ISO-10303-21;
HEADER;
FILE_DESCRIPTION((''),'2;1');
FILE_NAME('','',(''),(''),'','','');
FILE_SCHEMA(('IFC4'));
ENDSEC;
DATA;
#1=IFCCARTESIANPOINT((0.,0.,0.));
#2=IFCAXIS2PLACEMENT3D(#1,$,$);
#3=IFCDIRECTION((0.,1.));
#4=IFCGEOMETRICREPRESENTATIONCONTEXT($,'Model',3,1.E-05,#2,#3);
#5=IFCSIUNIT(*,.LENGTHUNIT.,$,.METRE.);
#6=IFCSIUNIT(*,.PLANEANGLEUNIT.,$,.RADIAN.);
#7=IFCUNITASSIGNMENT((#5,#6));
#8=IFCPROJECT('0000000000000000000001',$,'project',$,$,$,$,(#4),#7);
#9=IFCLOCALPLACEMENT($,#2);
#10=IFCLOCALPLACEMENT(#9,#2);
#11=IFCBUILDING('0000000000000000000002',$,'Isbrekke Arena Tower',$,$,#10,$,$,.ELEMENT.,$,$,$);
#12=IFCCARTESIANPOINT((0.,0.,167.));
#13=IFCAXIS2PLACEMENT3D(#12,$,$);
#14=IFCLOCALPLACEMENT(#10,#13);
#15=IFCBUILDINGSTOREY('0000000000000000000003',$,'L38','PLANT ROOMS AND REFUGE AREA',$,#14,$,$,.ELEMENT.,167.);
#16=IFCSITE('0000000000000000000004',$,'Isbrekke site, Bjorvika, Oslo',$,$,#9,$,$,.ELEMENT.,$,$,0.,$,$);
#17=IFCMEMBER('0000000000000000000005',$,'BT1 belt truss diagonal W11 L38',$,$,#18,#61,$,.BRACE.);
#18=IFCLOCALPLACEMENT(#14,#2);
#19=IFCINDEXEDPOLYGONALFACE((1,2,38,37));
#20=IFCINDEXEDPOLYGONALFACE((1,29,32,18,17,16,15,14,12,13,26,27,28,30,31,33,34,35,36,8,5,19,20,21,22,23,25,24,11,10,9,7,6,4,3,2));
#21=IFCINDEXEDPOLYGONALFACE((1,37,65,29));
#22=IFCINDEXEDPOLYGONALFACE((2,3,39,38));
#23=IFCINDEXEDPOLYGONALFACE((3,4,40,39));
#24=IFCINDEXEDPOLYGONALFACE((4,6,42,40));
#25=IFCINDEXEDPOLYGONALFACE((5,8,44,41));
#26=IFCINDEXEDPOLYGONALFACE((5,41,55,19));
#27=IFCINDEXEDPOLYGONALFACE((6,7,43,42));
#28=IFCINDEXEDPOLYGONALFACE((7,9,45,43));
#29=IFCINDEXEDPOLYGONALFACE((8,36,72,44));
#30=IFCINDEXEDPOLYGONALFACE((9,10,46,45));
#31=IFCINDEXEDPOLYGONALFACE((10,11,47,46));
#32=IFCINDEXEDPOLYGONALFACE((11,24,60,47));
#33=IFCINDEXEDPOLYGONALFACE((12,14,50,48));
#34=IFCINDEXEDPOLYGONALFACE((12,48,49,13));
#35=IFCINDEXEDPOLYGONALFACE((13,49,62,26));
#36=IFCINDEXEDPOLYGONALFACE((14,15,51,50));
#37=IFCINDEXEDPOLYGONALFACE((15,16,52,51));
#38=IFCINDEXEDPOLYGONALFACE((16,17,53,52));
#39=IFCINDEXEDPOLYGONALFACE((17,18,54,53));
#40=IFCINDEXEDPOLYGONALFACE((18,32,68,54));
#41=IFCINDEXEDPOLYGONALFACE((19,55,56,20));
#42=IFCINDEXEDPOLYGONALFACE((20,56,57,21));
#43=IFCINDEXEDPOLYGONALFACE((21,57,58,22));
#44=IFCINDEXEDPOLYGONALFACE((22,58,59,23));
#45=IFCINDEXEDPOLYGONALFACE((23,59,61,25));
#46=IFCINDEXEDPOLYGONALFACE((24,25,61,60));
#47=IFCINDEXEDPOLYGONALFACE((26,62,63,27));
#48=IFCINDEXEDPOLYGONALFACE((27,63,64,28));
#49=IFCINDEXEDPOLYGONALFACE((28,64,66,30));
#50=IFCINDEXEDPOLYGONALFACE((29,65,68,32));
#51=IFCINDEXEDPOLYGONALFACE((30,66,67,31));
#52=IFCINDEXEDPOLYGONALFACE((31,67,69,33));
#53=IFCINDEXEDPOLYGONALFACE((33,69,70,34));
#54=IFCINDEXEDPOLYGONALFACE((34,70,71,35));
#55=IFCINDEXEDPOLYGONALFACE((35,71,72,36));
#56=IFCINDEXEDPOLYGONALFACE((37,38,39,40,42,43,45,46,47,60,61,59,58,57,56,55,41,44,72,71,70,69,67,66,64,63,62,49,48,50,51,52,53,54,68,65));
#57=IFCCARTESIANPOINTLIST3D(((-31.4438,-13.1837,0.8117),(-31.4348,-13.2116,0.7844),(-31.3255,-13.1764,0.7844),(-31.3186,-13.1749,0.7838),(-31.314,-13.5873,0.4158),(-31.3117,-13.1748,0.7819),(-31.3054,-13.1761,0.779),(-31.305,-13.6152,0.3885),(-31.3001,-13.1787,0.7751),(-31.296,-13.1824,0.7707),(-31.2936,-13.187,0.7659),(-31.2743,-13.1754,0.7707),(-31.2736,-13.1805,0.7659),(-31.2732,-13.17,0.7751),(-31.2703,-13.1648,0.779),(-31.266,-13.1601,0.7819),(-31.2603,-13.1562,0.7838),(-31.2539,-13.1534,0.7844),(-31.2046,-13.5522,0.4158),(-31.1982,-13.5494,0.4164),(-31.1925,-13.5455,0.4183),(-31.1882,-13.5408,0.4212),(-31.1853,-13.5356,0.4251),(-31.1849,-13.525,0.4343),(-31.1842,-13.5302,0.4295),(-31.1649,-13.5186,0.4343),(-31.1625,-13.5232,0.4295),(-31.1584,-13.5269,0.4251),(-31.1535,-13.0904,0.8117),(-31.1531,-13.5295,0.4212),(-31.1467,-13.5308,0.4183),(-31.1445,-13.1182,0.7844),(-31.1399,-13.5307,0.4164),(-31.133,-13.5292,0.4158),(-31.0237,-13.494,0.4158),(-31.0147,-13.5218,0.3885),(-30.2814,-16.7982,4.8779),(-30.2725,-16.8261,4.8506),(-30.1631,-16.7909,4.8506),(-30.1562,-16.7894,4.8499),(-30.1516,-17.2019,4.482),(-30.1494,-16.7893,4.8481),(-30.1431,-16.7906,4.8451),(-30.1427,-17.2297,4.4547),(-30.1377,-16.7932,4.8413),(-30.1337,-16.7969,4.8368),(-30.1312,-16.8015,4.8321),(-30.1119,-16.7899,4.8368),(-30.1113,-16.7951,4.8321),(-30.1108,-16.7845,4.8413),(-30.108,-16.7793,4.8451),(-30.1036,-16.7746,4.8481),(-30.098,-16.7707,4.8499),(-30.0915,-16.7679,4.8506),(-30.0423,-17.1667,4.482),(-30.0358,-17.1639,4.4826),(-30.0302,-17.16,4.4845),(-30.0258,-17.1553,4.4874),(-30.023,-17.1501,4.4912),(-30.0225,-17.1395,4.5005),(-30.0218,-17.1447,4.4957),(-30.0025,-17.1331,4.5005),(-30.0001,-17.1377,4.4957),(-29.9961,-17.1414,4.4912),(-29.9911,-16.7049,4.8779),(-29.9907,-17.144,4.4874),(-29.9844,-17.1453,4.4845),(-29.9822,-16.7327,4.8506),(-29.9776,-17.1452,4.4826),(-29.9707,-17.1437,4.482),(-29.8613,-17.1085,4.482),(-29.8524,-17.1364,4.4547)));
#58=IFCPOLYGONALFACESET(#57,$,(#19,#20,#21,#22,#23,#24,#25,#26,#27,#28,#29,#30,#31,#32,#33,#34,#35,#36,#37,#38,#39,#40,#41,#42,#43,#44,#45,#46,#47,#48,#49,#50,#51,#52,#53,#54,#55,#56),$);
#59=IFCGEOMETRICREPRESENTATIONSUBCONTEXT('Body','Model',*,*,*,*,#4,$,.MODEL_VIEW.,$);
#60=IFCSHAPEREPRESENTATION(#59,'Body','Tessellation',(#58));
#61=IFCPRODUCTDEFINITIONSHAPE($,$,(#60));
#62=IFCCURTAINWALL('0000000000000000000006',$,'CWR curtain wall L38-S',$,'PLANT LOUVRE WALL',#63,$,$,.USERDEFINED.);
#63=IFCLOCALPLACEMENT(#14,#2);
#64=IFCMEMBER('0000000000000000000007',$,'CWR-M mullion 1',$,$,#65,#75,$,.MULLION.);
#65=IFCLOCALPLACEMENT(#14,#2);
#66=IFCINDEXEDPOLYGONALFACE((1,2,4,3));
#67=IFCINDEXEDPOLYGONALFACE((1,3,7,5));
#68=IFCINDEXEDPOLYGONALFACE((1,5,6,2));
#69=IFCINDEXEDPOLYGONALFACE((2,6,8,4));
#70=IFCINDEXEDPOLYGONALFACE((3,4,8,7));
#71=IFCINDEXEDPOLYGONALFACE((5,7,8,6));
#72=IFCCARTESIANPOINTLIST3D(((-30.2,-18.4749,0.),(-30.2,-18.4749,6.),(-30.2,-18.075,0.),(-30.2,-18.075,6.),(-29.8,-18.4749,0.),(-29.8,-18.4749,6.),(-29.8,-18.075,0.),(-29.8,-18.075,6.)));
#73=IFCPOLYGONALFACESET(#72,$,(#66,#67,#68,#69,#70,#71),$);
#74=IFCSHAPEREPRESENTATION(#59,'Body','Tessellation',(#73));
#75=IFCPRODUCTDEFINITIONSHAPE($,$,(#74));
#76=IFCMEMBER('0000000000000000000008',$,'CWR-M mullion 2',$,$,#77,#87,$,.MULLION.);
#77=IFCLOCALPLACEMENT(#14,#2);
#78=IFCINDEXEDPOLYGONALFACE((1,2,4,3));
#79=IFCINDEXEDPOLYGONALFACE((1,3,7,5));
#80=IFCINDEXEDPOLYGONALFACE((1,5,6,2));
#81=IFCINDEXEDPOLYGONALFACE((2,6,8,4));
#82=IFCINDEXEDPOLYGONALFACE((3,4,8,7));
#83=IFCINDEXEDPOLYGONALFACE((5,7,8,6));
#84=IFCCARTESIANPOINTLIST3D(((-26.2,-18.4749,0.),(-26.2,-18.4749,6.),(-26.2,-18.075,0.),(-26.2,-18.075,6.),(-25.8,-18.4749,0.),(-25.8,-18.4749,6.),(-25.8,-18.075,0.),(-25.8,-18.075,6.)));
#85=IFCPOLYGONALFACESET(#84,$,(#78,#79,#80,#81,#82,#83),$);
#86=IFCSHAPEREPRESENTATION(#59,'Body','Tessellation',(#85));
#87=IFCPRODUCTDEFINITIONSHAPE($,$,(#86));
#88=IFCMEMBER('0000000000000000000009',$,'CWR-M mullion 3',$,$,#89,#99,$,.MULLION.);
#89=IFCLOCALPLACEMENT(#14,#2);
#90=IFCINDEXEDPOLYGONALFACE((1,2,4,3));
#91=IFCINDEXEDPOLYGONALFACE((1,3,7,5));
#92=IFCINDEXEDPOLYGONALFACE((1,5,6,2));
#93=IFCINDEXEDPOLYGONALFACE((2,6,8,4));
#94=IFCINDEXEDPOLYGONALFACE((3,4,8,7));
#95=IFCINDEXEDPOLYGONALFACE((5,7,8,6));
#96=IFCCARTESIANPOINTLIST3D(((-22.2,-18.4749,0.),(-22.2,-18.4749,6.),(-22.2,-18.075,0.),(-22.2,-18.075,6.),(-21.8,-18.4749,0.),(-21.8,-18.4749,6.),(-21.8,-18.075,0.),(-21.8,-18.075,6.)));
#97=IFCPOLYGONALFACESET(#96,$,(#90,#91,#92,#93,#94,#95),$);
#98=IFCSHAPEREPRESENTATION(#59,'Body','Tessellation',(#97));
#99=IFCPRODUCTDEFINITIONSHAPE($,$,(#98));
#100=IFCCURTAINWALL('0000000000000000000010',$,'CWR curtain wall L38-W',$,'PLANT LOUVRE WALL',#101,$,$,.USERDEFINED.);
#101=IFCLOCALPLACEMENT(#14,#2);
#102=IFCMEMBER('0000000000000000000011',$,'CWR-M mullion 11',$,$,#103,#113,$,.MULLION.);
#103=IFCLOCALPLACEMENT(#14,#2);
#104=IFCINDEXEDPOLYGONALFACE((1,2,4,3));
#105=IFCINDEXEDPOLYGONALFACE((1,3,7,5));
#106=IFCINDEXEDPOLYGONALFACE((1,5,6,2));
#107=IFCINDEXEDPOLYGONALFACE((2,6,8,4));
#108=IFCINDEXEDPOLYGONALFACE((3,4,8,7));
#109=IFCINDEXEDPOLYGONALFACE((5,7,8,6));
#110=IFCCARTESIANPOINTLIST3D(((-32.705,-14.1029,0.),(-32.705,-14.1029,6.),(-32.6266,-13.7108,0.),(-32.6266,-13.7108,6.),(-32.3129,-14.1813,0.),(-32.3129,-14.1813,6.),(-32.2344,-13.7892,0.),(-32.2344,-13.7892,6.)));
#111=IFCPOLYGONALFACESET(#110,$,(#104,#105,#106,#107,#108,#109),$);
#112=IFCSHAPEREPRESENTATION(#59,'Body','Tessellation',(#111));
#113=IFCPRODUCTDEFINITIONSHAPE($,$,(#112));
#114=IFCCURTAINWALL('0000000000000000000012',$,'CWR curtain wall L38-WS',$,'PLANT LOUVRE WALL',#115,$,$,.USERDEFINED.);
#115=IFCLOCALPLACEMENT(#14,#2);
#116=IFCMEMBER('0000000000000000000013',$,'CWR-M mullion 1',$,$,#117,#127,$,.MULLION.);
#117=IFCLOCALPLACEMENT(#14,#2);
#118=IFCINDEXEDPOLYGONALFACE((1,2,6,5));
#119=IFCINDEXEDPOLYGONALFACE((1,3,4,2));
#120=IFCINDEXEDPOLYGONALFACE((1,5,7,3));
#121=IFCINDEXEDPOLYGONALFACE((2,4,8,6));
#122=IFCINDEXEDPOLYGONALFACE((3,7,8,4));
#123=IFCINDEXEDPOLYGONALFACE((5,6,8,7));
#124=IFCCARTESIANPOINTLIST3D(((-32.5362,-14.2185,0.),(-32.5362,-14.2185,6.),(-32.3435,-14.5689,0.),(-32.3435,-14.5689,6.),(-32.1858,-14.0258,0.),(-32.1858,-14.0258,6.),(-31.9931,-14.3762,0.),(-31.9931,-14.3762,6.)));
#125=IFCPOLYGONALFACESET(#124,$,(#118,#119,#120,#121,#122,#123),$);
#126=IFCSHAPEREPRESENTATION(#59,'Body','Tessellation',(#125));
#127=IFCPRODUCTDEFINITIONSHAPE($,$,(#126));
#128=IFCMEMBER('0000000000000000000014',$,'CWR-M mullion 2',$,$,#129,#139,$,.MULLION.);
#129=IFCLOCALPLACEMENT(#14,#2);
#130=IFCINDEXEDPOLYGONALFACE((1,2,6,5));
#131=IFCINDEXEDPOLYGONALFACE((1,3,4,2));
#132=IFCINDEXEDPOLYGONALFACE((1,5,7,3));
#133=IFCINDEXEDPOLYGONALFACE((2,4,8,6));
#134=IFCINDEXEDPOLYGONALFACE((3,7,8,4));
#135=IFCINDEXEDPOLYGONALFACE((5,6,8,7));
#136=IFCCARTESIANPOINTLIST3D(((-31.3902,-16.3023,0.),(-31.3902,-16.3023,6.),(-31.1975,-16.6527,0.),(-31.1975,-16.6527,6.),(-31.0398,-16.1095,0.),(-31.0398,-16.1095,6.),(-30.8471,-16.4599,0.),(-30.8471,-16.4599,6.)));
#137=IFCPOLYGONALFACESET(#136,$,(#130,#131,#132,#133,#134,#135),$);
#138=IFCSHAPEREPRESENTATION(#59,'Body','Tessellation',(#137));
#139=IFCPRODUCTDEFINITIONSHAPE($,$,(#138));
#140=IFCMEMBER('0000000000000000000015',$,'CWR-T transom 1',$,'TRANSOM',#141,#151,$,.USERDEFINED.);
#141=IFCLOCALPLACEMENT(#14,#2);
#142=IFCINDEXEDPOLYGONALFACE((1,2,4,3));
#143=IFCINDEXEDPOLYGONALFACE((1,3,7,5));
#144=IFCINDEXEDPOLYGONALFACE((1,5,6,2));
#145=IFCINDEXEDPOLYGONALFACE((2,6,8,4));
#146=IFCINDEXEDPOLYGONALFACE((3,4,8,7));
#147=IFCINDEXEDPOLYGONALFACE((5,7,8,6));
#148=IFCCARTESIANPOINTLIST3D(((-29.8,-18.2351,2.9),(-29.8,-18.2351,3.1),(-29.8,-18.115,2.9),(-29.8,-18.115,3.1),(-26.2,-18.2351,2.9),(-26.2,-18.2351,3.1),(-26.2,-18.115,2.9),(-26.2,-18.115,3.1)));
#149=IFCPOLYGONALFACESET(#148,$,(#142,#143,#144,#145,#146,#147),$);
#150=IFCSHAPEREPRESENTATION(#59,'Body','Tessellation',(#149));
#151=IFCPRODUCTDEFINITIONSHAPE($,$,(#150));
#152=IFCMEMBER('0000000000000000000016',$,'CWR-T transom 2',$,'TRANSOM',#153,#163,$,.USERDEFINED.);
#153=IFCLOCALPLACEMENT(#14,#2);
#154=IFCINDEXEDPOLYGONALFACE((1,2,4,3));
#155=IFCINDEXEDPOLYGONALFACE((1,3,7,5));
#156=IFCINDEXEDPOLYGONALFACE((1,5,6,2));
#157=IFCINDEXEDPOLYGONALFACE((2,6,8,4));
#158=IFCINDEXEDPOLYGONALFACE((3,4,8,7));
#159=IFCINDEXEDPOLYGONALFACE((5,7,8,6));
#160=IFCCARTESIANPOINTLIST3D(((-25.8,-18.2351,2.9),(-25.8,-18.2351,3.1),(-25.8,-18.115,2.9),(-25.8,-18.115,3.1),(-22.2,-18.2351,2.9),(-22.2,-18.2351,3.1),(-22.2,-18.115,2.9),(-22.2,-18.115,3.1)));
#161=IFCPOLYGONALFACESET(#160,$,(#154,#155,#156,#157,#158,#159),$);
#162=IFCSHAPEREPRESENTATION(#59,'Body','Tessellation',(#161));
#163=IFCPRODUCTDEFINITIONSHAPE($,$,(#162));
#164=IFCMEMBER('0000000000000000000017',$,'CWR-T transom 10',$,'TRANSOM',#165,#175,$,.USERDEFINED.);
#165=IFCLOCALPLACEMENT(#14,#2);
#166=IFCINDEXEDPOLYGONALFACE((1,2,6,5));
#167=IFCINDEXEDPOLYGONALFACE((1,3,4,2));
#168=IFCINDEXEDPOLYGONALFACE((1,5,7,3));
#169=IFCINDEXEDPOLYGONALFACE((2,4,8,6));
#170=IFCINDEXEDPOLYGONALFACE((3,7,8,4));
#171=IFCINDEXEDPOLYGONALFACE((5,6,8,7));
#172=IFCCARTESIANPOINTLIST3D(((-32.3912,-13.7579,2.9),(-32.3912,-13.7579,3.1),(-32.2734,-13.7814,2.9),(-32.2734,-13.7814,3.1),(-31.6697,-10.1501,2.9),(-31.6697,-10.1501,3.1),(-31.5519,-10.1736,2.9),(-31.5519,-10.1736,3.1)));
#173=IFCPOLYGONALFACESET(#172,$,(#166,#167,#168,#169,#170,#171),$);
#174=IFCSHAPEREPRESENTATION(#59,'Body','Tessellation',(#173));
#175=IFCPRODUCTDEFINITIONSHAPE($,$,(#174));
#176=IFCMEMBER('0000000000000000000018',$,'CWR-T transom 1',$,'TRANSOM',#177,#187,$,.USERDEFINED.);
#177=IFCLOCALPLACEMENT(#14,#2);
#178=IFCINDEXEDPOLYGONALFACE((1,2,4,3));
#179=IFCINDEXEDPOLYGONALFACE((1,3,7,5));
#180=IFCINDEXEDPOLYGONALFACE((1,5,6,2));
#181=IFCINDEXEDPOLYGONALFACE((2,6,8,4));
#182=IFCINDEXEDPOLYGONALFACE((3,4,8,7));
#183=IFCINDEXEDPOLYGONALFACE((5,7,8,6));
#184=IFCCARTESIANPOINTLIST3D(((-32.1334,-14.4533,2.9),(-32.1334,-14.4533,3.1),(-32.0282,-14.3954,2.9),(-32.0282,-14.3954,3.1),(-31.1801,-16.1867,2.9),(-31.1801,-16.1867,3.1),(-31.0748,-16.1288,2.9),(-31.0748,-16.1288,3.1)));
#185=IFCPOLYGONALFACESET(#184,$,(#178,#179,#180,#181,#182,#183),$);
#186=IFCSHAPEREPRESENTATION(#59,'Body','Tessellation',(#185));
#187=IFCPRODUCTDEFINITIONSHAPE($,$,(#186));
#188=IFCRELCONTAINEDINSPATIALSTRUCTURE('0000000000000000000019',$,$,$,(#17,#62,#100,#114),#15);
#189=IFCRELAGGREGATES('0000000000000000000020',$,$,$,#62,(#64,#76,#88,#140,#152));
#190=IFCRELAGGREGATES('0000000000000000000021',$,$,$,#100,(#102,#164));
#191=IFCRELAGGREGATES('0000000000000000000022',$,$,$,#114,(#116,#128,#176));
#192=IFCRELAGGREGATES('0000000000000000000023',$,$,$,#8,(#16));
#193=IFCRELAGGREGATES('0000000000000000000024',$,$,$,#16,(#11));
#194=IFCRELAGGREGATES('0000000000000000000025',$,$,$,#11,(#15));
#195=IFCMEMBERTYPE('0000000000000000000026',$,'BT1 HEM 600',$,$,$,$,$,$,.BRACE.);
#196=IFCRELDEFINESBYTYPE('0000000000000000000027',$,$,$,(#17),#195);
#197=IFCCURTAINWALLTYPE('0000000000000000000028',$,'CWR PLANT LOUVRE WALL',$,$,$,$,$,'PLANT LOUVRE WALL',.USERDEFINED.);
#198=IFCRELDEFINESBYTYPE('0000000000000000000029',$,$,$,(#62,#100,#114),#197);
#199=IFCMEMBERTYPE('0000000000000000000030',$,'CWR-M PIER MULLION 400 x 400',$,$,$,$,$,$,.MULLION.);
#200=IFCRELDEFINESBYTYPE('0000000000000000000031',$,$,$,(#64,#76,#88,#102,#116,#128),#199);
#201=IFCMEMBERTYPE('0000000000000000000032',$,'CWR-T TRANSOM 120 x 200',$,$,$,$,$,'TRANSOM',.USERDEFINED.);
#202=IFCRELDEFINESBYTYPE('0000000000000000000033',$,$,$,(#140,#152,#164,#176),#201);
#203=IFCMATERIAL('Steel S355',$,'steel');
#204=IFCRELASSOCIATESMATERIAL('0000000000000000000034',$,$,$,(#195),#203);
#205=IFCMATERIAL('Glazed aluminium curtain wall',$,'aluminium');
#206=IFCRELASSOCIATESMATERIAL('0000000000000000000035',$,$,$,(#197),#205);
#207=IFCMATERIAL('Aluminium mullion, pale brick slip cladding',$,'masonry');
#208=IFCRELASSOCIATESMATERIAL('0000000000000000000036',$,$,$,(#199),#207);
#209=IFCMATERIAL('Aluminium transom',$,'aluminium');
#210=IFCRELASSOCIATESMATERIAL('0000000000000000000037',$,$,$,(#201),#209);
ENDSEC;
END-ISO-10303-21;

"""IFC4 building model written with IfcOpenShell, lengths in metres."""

from ifc_helpers import new_model, si_unit, direction, frame, origin, origin_2d, place, context, subcontext, project, spatial, rectangle, i_section, extrude, material, material_profile, profile_set, type_object, element, aggregate, save


model = new_model("IFC4")

# Units and contexts
model_context = context("Model", 3, precision=1e-05, world=origin(), true_north=direction((0.0, 1.0)))
body_context = subcontext(model_context, "Body", "Model", "MODEL_VIEW")
ifc_project = project(units=[si_unit("LENGTHUNIT", "METRE"), si_unit("PLANEANGLEUNIT", "RADIAN")], contexts=[model_context])

# Site, building, storey
site_placement = place(None, origin())
site = spatial("IfcSite", under=ifc_project, at=site_placement, Name="Isbrekke site, Bjorvika, Oslo", CompositionType="ELEMENT", RefElevation=0.0)
building_placement = place(site_placement, origin())
building = spatial("IfcBuilding", under=site, at=building_placement, Name="Isbrekke Arena Tower", CompositionType="ELEMENT")
storey_placement = place(building_placement, frame((0.0, 0.0, 167.0)))
storey = spatial("IfcBuildingStorey", under=building, at=storey_placement, Name="L38", Description="PLANT ROOMS AND REFUGE AREA", CompositionType="ELEMENT", Elevation=167.0)

# Member
ifc_material_1 = material(Name="Steel S355", Category="steel")
ifc_material_profile_1 = material_profile(ifc_material_1, i_section(OverallWidth=0.3049, OverallDepth=0.6201, WebThickness=0.021, FlangeThickness=0.04, FilletRadius=0.0271, at=origin_2d()), Name="HEM 600")
ifc_profile_set_1 = profile_set([ifc_material_profile_1], Name="Steel S355")
member_type_1 = type_object("IfcMemberType", Name="BT1 HEM 600", PredefinedType="BRACE", material=ifc_profile_set_1)
member_1_placement = place(storey_placement, frame((-31.2292, -13.3528, 0.6001), z_axis=(0.208936, -0.649715, 0.730901), x_axis=(0.951986, 0.30614, 0.0)))
element("IfcMember", 1, at=member_1_placement, inside=storey, type_object=member_type_1, Name="BT1 belt truss diagonal W11 L38", PredefinedType="BRACE", context=body_context, shape_type="SweptSolid", body=[
    extrude(i_section(OverallWidth=0.3049, OverallDepth=0.6201, WebThickness=0.021, FlangeThickness=0.04, FilletRadius=0.0271, at=origin_2d()), origin(), (0.0, 0.0, 1.0), 5.5632),
])

# Curtain wall, members
ifc_material_2 = material(Name="Glazed aluminium curtain wall", Category="aluminium")
curtain_wall_type = type_object("IfcCurtainWallType", Name="CWR PLANT LOUVRE WALL", ElementType="PLANT LOUVRE WALL", PredefinedType="USERDEFINED", material=ifc_material_2)
curtain_wall_1_placement = place(storey_placement, origin())
curtain_wall_1 = element("IfcCurtainWall", 2, at=curtain_wall_1_placement, inside=storey, type_object=curtain_wall_type, Name="CWR curtain wall L38-S", ObjectType="PLANT LOUVRE WALL", PredefinedType="USERDEFINED")
ifc_material_3 = material(Name="Aluminium mullion, pale brick slip cladding", Category="masonry")
ifc_material_profile_2 = material_profile(ifc_material_3, rectangle(XDim=0.3999, YDim=0.3999, at=origin_2d()), Name="PIER 400X400")
ifc_profile_set_2 = profile_set([ifc_material_profile_2], Name="Aluminium mullion, pale brick slip cladding")
member_type_2 = type_object("IfcMemberType", Name="CWR-M PIER MULLION 400 x 400", PredefinedType="MULLION", material=ifc_profile_set_2)
member_2_placement = place(storey_placement, frame((-30.0, -18.2749, 0.0), z_axis=(0.0, 0.0, 1.0), x_axis=(1.0, 0.0, 0.0)))
member_2 = element("IfcMember", 3, at=member_2_placement, type_object=member_type_2, Name="CWR-M mullion 1", PredefinedType="MULLION", context=body_context, shape_type="SweptSolid", body=[
    extrude(rectangle(XDim=0.3999, YDim=0.3999, at=origin_2d()), origin(), (0.0, 0.0, 1.0), 6.0),
])
member_3_placement = place(storey_placement, frame((-26.0, -18.2749, 0.0), z_axis=(0.0, 0.0, 1.0), x_axis=(1.0, 0.0, 0.0)))
member_3 = element("IfcMember", 4, at=member_3_placement, type_object=member_type_2, Name="CWR-M mullion 2", PredefinedType="MULLION", context=body_context, shape_type="SweptSolid", body=[
    extrude(rectangle(XDim=0.3999, YDim=0.3999, at=origin_2d()), origin(), (0.0, 0.0, 1.0), 6.0),
])
member_4_placement = place(storey_placement, frame((-22.0, -18.2749, 0.0), z_axis=(0.0, 0.0, 1.0), x_axis=(1.0, 0.0, 0.0)))
member_4 = element("IfcMember", 5, at=member_4_placement, type_object=member_type_2, Name="CWR-M mullion 3", PredefinedType="MULLION", context=body_context, shape_type="SweptSolid", body=[
    extrude(rectangle(XDim=0.3999, YDim=0.3999, at=origin_2d()), origin(), (0.0, 0.0, 1.0), 6.0),
])

# Curtain wall, member
curtain_wall_2_placement = place(storey_placement, origin())
curtain_wall_2 = element("IfcCurtainWall", 6, at=curtain_wall_2_placement, inside=storey, type_object=curtain_wall_type, Name="CWR curtain wall L38-W", ObjectType="PLANT LOUVRE WALL", PredefinedType="USERDEFINED")
member_5_placement = place(storey_placement, frame((-32.4697, -13.946, 0.0), z_axis=(0.0, 0.0, 1.0), x_axis=(-0.196116, -0.980581, 0.0)))
member_5 = element("IfcMember", 7, at=member_5_placement, type_object=member_type_2, Name="CWR-M mullion 11", PredefinedType="MULLION", context=body_context, shape_type="SweptSolid", body=[
    extrude(rectangle(XDim=0.3999, YDim=0.3999, at=origin_2d()), origin(), (0.0, 0.0, 1.0), 6.0),
])

# Curtain wall, members
curtain_wall_3_placement = place(storey_placement, origin())
curtain_wall_3 = element("IfcCurtainWall", 8, at=curtain_wall_3_placement, inside=storey, type_object=curtain_wall_type, Name="CWR curtain wall L38-WS", ObjectType="PLANT LOUVRE WALL", PredefinedType="USERDEFINED")
member_6_placement = place(storey_placement, frame((-32.2646, -14.2974, 0.0), z_axis=(0.0, 0.0, 1.0), x_axis=(0.481919, -0.876216, 0.0)))
member_6 = element("IfcMember", 9, at=member_6_placement, type_object=member_type_2, Name="CWR-M mullion 1", PredefinedType="MULLION", context=body_context, shape_type="SweptSolid", body=[
    extrude(rectangle(XDim=0.3999, YDim=0.3999, at=origin_2d()), origin(), (0.0, 0.0, 1.0), 6.0),
])
member_7_placement = place(storey_placement, frame((-31.1187, -16.3811, 0.0), z_axis=(0.0, 0.0, 1.0), x_axis=(0.481919, -0.876216, 0.0)))
member_7 = element("IfcMember", 10, at=member_7_placement, type_object=member_type_2, Name="CWR-M mullion 2", PredefinedType="MULLION", context=body_context, shape_type="SweptSolid", body=[
    extrude(rectangle(XDim=0.3999, YDim=0.3999, at=origin_2d()), origin(), (0.0, 0.0, 1.0), 6.0),
])

# Members
ifc_material_4 = material(Name="Aluminium transom", Category="aluminium")
ifc_material_profile_3 = material_profile(ifc_material_4, rectangle(XDim=0.1201, YDim=0.2, at=origin_2d()), Name="TRANSOM 120X200")
ifc_profile_set_3 = profile_set([ifc_material_profile_3], Name="Aluminium transom")
member_type_3 = type_object("IfcMemberType", Name="CWR-T TRANSOM 120 x 200", ElementType="TRANSOM", PredefinedType="USERDEFINED", material=ifc_profile_set_3)
member_8_placement = place(storey_placement, frame((-29.8, -18.175, 3.0), z_axis=(1.0, 0.0, 0.0), x_axis=(0.0, 1.0, 0.0)))
member_8 = element("IfcMember", 11, at=member_8_placement, type_object=member_type_3, Name="CWR-T transom 1", ObjectType="TRANSOM", PredefinedType="USERDEFINED", context=body_context, shape_type="SweptSolid", body=[
    extrude(rectangle(XDim=0.1201, YDim=0.2, at=origin_2d()), origin(), (0.0, 0.0, 1.0), 3.6001),
])
member_9_placement = place(storey_placement, frame((-25.8, -18.175, 3.0), z_axis=(1.0, 0.0, 0.0), x_axis=(0.0, 1.0, 0.0)))
member_9 = element("IfcMember", 12, at=member_9_placement, type_object=member_type_3, Name="CWR-T transom 2", ObjectType="TRANSOM", PredefinedType="USERDEFINED", context=body_context, shape_type="SweptSolid", body=[
    extrude(rectangle(XDim=0.1201, YDim=0.2, at=origin_2d()), origin(), (0.0, 0.0, 1.0), 3.6001),
])
member_10_placement = place(storey_placement, frame((-31.6108, -10.1619, 3.0), z_axis=(-0.196091, -0.980586, 0.0), x_axis=(0.980586, -0.196091, 0.0)))
member_10 = element("IfcMember", 13, at=member_10_placement, type_object=member_type_3, Name="CWR-T transom 10", ObjectType="TRANSOM", PredefinedType="USERDEFINED", context=body_context, shape_type="SweptSolid", body=[
    extrude(rectangle(XDim=0.1201, YDim=0.2, at=origin_2d()), origin(), (0.0, 0.0, 1.0), 3.6792),
])
member_11_placement = place(storey_placement, frame((-32.0808, -14.4243, 3.0), z_axis=(0.481919, -0.876216, 0.0), x_axis=(0.876216, 0.481919, 0.0)))
member_11 = element("IfcMember", 14, at=member_11_placement, type_object=member_type_3, Name="CWR-T transom 1", ObjectType="TRANSOM", PredefinedType="USERDEFINED", context=body_context, shape_type="SweptSolid", body=[
    extrude(rectangle(XDim=0.1201, YDim=0.2, at=origin_2d()), origin(), (0.0, 0.0, 1.0), 1.9783),
])

aggregate(curtain_wall_1, [member_2, member_3, member_4, member_8, member_9])
aggregate(curtain_wall_2, [member_5, member_10])
aggregate(curtain_wall_3, [member_6, member_7, member_11])

save(model, "model.ifc")
